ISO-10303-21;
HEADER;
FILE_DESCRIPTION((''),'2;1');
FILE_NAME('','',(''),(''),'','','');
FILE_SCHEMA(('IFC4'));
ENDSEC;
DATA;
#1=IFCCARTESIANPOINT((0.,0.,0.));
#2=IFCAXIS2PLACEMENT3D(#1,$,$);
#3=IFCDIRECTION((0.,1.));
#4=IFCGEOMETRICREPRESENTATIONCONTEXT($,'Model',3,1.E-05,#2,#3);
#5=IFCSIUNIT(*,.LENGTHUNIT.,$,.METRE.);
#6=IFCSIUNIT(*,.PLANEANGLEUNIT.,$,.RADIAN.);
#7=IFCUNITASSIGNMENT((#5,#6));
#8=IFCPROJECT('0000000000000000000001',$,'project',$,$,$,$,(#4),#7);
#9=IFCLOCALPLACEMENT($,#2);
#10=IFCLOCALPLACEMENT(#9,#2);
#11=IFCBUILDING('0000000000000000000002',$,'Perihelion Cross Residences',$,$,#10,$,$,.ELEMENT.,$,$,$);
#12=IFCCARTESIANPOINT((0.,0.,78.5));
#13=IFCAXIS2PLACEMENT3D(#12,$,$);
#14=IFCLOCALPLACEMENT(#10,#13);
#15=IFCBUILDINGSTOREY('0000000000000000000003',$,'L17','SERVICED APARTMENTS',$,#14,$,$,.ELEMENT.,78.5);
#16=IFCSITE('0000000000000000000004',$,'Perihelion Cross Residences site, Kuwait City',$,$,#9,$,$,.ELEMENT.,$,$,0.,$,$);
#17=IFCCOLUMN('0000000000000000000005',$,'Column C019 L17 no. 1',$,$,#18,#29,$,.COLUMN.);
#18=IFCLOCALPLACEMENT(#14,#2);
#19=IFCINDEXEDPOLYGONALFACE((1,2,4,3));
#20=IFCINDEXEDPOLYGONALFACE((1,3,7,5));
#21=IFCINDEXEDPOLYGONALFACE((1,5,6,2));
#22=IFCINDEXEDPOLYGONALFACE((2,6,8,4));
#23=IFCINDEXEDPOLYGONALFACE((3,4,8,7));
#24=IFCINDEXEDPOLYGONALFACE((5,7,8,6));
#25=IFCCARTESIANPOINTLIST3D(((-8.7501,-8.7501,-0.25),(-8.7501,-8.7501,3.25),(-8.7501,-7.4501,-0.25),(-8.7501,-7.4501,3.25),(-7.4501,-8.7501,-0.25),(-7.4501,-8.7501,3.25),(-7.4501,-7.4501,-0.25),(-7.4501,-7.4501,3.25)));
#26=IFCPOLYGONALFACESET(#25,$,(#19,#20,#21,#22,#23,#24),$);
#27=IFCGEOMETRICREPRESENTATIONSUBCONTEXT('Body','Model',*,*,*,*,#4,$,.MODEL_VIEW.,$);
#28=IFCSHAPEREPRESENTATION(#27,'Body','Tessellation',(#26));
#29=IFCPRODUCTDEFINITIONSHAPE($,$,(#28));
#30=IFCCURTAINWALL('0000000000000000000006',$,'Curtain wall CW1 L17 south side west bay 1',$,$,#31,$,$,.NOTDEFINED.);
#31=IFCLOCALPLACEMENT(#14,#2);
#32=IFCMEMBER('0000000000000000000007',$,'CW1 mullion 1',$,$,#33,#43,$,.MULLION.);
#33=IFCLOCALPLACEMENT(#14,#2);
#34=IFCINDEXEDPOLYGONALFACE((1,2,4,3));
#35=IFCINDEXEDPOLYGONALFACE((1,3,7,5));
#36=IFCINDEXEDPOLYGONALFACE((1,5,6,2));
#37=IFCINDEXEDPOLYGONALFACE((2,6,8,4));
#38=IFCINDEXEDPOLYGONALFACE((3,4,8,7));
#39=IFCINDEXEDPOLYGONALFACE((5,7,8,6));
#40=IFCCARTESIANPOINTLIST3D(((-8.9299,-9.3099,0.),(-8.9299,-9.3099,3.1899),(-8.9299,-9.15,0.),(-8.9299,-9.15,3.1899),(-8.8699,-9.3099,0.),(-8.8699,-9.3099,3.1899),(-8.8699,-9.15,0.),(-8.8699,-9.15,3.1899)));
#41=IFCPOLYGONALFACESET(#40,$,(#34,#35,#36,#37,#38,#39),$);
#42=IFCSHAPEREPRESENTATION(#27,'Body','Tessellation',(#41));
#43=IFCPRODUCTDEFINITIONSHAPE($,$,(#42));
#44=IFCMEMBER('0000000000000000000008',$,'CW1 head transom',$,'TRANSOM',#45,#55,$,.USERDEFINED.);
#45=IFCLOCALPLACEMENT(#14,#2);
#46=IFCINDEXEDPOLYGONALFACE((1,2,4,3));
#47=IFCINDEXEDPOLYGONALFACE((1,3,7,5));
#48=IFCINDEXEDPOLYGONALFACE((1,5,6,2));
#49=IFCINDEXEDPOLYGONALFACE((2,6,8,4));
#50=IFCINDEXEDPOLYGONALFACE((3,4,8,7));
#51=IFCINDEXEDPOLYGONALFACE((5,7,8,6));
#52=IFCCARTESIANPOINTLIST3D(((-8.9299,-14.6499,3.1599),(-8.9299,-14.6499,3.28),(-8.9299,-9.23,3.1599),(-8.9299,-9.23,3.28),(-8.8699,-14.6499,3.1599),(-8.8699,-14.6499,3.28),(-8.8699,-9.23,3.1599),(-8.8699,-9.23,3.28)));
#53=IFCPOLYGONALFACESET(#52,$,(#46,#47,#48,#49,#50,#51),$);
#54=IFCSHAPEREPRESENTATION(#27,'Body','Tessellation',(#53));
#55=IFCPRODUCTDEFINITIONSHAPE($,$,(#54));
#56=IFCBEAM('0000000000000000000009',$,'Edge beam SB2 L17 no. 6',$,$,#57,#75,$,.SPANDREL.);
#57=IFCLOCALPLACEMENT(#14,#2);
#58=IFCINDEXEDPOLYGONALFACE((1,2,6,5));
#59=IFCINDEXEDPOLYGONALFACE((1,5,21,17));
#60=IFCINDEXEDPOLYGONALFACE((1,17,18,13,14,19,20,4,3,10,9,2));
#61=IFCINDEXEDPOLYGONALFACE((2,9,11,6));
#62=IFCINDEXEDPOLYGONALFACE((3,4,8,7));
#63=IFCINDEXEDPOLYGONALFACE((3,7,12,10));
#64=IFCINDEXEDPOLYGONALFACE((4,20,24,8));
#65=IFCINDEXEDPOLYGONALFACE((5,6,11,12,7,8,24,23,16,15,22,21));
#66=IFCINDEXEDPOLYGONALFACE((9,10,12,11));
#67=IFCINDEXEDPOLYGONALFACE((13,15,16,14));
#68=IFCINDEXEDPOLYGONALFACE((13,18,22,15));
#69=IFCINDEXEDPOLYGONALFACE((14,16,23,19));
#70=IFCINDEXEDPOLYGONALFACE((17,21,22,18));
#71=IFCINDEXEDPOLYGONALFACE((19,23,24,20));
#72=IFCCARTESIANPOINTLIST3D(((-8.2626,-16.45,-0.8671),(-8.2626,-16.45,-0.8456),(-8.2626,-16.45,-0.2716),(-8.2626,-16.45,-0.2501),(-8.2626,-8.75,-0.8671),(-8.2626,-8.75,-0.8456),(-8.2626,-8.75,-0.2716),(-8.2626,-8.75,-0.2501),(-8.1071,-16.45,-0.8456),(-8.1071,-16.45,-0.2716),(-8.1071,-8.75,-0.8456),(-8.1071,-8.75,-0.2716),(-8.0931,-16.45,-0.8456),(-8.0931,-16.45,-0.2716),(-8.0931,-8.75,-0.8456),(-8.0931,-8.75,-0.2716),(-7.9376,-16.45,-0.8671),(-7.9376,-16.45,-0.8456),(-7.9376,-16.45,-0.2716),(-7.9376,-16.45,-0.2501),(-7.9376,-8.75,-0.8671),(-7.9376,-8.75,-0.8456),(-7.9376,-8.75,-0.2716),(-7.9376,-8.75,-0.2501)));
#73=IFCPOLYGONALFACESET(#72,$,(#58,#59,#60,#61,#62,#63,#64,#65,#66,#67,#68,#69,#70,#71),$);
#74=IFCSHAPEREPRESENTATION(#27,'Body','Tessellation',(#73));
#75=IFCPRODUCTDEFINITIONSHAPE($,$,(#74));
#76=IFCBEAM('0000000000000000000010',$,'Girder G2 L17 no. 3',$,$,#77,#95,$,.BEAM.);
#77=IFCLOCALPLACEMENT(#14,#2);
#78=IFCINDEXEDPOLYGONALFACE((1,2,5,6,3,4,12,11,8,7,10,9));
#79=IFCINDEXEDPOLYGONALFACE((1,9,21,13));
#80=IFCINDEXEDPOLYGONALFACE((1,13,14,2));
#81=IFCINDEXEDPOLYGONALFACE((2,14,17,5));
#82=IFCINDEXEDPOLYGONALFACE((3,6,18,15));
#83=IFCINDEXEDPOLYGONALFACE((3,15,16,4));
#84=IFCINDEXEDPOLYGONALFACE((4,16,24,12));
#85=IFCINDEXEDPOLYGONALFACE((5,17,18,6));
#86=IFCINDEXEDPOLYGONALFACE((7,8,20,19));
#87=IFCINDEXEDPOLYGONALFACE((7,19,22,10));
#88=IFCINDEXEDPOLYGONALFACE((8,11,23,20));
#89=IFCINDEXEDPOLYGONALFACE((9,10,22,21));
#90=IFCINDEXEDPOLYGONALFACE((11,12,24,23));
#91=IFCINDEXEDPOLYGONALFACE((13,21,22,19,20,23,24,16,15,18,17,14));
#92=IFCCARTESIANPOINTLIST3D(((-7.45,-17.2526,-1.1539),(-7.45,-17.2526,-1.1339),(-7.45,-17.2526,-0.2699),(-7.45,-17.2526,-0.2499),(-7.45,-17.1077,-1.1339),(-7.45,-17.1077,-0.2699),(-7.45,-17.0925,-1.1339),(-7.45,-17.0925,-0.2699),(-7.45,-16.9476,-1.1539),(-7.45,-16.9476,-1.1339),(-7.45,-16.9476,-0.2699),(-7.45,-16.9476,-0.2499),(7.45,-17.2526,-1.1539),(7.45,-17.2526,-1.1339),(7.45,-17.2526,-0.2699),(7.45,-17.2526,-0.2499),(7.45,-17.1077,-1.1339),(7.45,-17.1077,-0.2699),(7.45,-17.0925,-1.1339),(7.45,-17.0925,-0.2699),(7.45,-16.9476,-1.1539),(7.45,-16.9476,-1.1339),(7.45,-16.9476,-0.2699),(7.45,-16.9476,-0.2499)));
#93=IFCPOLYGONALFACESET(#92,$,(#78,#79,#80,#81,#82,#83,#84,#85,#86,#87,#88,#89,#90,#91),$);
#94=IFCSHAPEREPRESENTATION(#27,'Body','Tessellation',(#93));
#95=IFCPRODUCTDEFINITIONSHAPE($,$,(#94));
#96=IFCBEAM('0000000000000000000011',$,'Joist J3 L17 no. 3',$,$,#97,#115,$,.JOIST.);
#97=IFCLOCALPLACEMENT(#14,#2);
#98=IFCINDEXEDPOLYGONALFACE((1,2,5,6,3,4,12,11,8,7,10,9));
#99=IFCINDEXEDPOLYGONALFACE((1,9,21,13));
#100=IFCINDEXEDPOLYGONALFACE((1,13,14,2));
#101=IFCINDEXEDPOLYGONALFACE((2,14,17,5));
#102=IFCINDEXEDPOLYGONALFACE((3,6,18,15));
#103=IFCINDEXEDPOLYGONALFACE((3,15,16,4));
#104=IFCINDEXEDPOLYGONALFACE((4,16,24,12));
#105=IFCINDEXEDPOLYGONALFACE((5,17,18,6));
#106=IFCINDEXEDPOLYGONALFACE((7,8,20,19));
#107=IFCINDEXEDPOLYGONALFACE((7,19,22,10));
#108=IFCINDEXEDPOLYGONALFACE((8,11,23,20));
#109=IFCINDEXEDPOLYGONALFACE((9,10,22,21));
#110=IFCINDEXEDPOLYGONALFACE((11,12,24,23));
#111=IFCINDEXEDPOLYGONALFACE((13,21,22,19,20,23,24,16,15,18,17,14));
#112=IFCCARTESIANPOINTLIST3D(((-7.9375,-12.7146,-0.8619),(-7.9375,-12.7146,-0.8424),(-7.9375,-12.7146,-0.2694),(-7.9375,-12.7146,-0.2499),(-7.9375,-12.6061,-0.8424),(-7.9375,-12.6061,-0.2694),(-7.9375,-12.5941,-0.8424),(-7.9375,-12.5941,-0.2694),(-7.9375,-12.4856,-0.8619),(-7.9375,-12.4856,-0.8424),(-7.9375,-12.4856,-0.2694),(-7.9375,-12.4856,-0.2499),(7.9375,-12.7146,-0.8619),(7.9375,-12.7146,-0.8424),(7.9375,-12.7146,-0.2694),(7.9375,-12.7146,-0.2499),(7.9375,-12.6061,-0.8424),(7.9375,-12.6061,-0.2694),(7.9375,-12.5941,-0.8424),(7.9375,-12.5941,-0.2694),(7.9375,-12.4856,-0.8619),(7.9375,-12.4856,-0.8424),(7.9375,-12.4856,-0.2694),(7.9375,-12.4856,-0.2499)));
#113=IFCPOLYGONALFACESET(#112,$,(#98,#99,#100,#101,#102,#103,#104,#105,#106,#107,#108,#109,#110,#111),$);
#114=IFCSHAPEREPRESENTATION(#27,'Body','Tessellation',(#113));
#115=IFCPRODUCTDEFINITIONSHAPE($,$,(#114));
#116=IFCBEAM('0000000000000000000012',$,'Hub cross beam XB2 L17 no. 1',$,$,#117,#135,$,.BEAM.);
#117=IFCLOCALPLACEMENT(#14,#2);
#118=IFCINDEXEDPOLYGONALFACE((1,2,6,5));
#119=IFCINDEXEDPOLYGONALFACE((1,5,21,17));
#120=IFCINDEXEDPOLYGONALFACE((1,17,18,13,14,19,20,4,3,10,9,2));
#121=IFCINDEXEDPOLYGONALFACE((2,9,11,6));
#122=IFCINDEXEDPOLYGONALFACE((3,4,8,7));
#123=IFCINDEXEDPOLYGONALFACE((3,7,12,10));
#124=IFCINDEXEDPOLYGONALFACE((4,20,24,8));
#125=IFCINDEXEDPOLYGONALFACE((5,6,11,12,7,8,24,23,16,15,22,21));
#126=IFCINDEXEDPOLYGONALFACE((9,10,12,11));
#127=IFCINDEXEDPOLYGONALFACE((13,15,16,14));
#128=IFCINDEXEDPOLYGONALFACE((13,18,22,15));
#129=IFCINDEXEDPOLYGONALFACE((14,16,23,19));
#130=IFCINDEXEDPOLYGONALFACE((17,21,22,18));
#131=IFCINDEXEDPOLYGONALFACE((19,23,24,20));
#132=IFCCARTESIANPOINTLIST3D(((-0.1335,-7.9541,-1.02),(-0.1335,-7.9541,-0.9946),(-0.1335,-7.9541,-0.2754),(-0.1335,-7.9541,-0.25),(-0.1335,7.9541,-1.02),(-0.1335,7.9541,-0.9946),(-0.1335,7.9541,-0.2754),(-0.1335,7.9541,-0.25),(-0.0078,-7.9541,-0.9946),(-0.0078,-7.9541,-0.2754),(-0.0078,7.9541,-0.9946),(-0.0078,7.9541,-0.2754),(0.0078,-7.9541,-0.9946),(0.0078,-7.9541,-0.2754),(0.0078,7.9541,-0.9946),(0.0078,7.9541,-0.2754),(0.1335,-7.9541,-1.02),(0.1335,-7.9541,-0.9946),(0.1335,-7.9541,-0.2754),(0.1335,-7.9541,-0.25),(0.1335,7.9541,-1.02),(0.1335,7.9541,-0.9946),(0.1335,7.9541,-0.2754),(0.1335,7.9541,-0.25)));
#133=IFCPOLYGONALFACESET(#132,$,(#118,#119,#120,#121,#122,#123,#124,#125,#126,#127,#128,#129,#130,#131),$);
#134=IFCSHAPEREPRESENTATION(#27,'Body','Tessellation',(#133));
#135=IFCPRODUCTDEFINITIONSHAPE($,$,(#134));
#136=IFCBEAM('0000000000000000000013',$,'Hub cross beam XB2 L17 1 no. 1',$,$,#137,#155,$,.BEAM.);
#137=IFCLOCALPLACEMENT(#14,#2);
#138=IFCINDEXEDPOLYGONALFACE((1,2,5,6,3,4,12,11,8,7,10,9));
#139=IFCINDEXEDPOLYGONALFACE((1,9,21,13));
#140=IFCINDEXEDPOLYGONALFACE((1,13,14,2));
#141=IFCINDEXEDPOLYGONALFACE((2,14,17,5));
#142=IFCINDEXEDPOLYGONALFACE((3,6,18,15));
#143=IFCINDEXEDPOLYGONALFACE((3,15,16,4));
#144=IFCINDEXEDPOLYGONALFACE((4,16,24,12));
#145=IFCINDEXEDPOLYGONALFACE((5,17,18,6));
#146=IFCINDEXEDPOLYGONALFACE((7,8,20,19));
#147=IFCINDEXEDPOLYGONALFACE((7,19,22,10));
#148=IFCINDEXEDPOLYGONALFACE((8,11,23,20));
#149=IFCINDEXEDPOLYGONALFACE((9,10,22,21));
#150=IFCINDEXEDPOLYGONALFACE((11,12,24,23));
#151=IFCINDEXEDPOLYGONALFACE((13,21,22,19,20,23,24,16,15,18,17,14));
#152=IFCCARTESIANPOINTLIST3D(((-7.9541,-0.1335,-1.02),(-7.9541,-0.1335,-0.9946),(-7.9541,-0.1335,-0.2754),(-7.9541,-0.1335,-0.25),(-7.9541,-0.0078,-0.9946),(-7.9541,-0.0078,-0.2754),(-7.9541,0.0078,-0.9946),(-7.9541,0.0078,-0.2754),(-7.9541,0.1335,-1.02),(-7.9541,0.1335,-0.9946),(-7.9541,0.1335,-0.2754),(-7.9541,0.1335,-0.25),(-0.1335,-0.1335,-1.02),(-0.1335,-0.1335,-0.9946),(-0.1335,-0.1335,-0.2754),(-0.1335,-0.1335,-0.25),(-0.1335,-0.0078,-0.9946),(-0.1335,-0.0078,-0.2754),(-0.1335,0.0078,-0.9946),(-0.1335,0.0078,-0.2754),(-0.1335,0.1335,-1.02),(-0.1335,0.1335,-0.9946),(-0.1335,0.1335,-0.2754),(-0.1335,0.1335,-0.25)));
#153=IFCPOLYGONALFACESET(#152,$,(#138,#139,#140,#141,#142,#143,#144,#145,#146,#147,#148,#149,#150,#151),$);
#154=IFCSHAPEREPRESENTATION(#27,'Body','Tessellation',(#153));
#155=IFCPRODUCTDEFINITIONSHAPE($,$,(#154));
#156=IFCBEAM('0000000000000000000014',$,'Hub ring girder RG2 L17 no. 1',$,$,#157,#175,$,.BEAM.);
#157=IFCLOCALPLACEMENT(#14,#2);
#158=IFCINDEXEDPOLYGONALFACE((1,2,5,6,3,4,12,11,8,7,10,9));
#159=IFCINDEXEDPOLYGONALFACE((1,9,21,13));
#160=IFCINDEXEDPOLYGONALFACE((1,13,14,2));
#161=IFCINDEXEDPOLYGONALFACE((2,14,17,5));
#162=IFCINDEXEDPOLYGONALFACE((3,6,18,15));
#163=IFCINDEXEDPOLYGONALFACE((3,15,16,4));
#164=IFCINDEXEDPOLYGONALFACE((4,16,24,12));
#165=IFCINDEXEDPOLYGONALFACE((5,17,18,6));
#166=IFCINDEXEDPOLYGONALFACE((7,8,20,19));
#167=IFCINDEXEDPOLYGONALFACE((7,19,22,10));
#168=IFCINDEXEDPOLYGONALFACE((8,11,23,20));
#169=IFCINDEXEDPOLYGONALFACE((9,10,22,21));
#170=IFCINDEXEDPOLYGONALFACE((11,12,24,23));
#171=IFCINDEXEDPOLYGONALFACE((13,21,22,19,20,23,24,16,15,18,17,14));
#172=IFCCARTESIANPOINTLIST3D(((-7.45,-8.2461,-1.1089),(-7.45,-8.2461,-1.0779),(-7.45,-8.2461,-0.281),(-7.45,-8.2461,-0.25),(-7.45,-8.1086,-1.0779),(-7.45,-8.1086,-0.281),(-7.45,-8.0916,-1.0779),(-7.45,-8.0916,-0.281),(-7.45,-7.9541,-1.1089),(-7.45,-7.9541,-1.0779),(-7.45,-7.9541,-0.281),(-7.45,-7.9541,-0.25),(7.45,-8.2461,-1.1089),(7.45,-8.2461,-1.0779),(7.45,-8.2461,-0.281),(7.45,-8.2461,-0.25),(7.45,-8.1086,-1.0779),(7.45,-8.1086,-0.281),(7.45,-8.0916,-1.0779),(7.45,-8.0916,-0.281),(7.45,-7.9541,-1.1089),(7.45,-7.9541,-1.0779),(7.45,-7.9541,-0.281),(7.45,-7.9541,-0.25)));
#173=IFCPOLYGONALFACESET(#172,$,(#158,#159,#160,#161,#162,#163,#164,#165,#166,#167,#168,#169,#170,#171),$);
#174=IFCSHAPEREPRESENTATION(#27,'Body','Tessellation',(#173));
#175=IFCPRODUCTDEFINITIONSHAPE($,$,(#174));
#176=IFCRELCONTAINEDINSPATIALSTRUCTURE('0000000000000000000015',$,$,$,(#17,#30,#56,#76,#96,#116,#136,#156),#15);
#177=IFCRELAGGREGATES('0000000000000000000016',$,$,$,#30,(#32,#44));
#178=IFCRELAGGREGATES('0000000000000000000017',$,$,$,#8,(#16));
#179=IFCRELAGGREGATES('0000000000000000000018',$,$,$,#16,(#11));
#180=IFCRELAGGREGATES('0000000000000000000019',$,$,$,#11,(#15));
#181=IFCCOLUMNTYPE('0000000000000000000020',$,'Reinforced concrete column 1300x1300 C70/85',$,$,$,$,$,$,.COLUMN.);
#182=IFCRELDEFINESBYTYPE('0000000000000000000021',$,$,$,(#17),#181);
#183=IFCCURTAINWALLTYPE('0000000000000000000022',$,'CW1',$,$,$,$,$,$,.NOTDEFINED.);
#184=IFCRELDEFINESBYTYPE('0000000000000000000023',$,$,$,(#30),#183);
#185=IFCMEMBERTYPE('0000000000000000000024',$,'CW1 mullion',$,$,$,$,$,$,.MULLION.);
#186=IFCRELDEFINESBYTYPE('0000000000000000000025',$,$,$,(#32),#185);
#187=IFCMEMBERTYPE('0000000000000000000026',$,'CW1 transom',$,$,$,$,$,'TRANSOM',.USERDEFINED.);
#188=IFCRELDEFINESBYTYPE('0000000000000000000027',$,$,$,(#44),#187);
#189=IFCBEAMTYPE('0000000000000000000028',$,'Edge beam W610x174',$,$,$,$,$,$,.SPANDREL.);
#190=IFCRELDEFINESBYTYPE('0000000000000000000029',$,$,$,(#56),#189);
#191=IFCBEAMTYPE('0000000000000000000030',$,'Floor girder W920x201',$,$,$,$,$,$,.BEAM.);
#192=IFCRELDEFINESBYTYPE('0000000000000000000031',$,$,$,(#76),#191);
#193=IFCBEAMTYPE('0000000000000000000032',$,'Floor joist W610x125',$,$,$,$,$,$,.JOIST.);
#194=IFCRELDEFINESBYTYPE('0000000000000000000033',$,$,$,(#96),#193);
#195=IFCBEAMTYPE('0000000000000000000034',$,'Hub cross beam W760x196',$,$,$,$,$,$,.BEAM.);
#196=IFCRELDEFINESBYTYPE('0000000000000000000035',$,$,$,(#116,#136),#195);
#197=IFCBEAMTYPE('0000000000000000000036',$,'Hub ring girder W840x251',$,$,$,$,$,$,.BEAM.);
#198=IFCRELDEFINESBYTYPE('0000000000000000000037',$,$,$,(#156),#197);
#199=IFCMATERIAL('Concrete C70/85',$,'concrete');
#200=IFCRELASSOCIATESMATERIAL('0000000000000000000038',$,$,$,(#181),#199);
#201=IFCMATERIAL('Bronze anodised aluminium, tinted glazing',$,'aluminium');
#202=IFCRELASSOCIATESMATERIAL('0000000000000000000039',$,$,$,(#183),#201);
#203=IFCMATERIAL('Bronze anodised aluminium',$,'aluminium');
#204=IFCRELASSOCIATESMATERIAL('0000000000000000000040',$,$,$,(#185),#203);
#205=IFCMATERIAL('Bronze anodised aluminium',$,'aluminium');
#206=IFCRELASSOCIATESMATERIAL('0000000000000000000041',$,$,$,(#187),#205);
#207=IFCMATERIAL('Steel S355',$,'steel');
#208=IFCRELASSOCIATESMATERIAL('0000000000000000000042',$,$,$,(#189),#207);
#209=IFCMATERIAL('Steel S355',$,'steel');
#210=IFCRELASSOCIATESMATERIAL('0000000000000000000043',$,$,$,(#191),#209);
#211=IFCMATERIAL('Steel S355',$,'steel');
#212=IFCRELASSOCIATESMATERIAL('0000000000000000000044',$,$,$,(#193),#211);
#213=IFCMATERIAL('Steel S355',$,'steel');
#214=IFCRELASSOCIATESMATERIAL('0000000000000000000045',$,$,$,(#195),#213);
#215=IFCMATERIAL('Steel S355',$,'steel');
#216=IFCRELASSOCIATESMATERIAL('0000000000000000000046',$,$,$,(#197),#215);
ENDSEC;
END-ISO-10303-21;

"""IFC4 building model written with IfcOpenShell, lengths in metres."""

from ifc_helpers import new_model, si_unit, direction, frame, origin, origin_2d, place, context, subcontext, project, spatial, rectangle, i_section, extrude, material, material_profile, profile_set, type_object, element, aggregate, save


model = new_model("IFC4")

# Units and contexts
model_context = context("Model", 3, precision=1e-05, world=origin(), true_north=direction((0.0, 1.0)))
body_context = subcontext(model_context, "Body", "Model", "MODEL_VIEW")
ifc_project = project(units=[si_unit("LENGTHUNIT", "METRE"), si_unit("PLANEANGLEUNIT", "RADIAN")], contexts=[model_context])

# Site, building, storey
site_placement = place(None, origin())
site = spatial("IfcSite", under=ifc_project, at=site_placement, Name="Perihelion Cross Residences site, Kuwait City", CompositionType="ELEMENT", RefElevation=0.0)
building_placement = place(site_placement, origin())
building = spatial("IfcBuilding", under=site, at=building_placement, Name="Perihelion Cross Residences", CompositionType="ELEMENT")
storey_placement = place(building_placement, frame((0.0, 0.0, 78.5)))
storey = spatial("IfcBuildingStorey", under=building, at=storey_placement, Name="L17", Description="SERVICED APARTMENTS", CompositionType="ELEMENT", Elevation=78.5)

# Column
ifc_material_1 = material(Name="Concrete C70/85", Category="concrete")
ifc_material_profile_1 = material_profile(ifc_material_1, rectangle(XDim=1.3, YDim=1.3, at=origin_2d()), Name="RC 1300x1300")
ifc_profile_set_1 = profile_set([ifc_material_profile_1], Name="Concrete C70/85")
column_type = type_object("IfcColumnType", Name="Reinforced concrete column 1300x1300 C70/85", PredefinedType="COLUMN", material=ifc_profile_set_1)
column_placement = place(storey_placement, frame((-8.1001, -8.1001, -0.25), z_axis=(0.0, 0.0, 1.0), x_axis=(1.0, 0.0, 0.0)))
element("IfcColumn", 1, at=column_placement, inside=storey, type_object=column_type, Name="Column C019 L17 no. 1", PredefinedType="COLUMN", context=body_context, shape_type="SweptSolid", body=[
    extrude(rectangle(XDim=1.3, YDim=1.3, at=origin_2d()), origin(), (0.0, 0.0, 1.0), 3.5),
])

# Curtain wall, members
ifc_material_2 = material(Name="Bronze anodised aluminium, tinted glazing", Category="aluminium")
curtain_wall_type = type_object("IfcCurtainWallType", Name="CW1", PredefinedType="NOTDEFINED", material=ifc_material_2)
curtain_wall_placement = place(storey_placement, origin())
curtain_wall = element("IfcCurtainWall", 2, at=curtain_wall_placement, inside=storey, type_object=curtain_wall_type, Name="Curtain wall CW1 L17 south side west bay 1", PredefinedType="NOTDEFINED")
ifc_material_3 = material(Name="Bronze anodised aluminium", Category="aluminium")
ifc_material_profile_2 = material_profile(ifc_material_3, rectangle(XDim=0.0601, YDim=0.1599, at=origin_2d()), Name="CW1 mullion")
ifc_profile_set_2 = profile_set([ifc_material_profile_2], Name="Bronze anodised aluminium")
member_type_1 = type_object("IfcMemberType", Name="CW1 mullion", PredefinedType="MULLION", material=ifc_profile_set_2)
member_1_placement = place(storey_placement, frame((-8.8999, -9.23, 0.0), z_axis=(0.0, 0.0, 1.0), x_axis=(1.0, 0.0, 0.0)))
member_1 = element("IfcMember", 3, at=member_1_placement, type_object=member_type_1, Name="CW1 mullion 1", PredefinedType="MULLION", context=body_context, shape_type="SweptSolid", body=[
    extrude(rectangle(XDim=0.0601, YDim=0.1599, at=origin_2d()), origin(), (0.0, 0.0, 1.0), 3.1899),
])
ifc_material_4 = material(Name="Bronze anodised aluminium", Category="aluminium")
ifc_material_profile_3 = material_profile(ifc_material_4, rectangle(XDim=0.0601, YDim=0.1201, at=origin_2d()), Name="CW1 transom")
ifc_profile_set_3 = profile_set([ifc_material_profile_3], Name="Bronze anodised aluminium")
member_type_2 = type_object("IfcMemberType", Name="CW1 transom", ElementType="TRANSOM", PredefinedType="USERDEFINED", material=ifc_profile_set_3)
member_2_placement = place(storey_placement, frame((-8.8999, -9.23, 3.22), z_axis=(0.0, -1.0, 0.0), x_axis=(1.0, 0.0, 0.0)))
member_2 = element("IfcMember", 4, at=member_2_placement, type_object=member_type_2, Name="CW1 head transom", ObjectType="TRANSOM", PredefinedType="USERDEFINED", context=body_context, shape_type="SweptSolid", body=[
    extrude(rectangle(XDim=0.0601, YDim=0.1201, at=origin_2d()), origin(), (0.0, 0.0, 1.0), 5.4199),
])

# Beams
ifc_material_5 = material(Name="Steel S355", Category="steel")
ifc_material_profile_4 = material_profile(ifc_material_5, i_section(OverallWidth=0.325, OverallDepth=0.6169, WebThickness=0.0139, FlangeThickness=0.0215, at=origin_2d()), Name="W610x174")
ifc_profile_set_4 = profile_set([ifc_material_profile_4], Name="Steel S355")
beam_type_1 = type_object("IfcBeamType", Name="Edge beam W610x174", PredefinedType="SPANDREL", material=ifc_profile_set_4)
beam_1_placement = place(storey_placement, frame((-8.1001, -8.75, -0.5586), z_axis=(0.0, -1.0, 0.0), x_axis=(1.0, 0.0, 0.0)))
element("IfcBeam", 5, at=beam_1_placement, inside=storey, type_object=beam_type_1, Name="Edge beam SB2 L17 no. 6", PredefinedType="SPANDREL", context=body_context, shape_type="SweptSolid", body=[
    extrude(i_section(OverallWidth=0.325, OverallDepth=0.6169, WebThickness=0.0139, FlangeThickness=0.0215, at=origin_2d()), origin(), (0.0, 0.0, 1.0), 7.7),
])
ifc_material_6 = material(Name="Steel S355", Category="steel")
ifc_material_profile_5 = material_profile(ifc_material_6, i_section(OverallWidth=0.3049, OverallDepth=0.9041, WebThickness=0.0151, FlangeThickness=0.02, at=origin_2d()), Name="W920x201")
ifc_profile_set_5 = profile_set([ifc_material_profile_5], Name="Steel S355")
beam_type_2 = type_object("IfcBeamType", Name="Floor girder W920x201", PredefinedType="BEAM", material=ifc_profile_set_5)
beam_2_placement = place(storey_placement, frame((-7.45, -17.1001, -0.7019), z_axis=(1.0, 0.0, 0.0), x_axis=(0.0, 1.0, 0.0)))
element("IfcBeam", 6, at=beam_2_placement, inside=storey, type_object=beam_type_2, Name="Girder G2 L17 no. 3", PredefinedType="BEAM", context=body_context, shape_type="SweptSolid", body=[
    extrude(i_section(OverallWidth=0.3049, OverallDepth=0.9041, WebThickness=0.0151, FlangeThickness=0.02, at=origin_2d()), origin(), (0.0, 0.0, 1.0), 14.8999),
])
ifc_material_7 = material(Name="Steel S355", Category="steel")
ifc_material_profile_6 = material_profile(ifc_material_7, i_section(OverallWidth=0.229, OverallDepth=0.6121, WebThickness=0.012, FlangeThickness=0.0195, at=origin_2d()), Name="W610x125")
ifc_profile_set_6 = profile_set([ifc_material_profile_6], Name="Steel S355")
beam_type_3 = type_object("IfcBeamType", Name="Floor joist W610x125", PredefinedType="JOIST", material=ifc_profile_set_6)
beam_3_placement = place(storey_placement, frame((-7.9375, -12.6001, -0.5559), z_axis=(1.0, 0.0, 0.0), x_axis=(0.0, 1.0, 0.0)))
element("IfcBeam", 7, at=beam_3_placement, inside=storey, type_object=beam_type_3, Name="Joist J3 L17 no. 3", PredefinedType="JOIST", context=body_context, shape_type="SweptSolid", body=[
    extrude(i_section(OverallWidth=0.229, OverallDepth=0.6121, WebThickness=0.012, FlangeThickness=0.0195, at=origin_2d()), origin(), (0.0, 0.0, 1.0), 15.875),
])
ifc_material_8 = material(Name="Steel S355", Category="steel")
ifc_material_profile_7 = material_profile(ifc_material_8, i_section(OverallWidth=0.2671, OverallDepth=0.77, WebThickness=0.0156, FlangeThickness=0.0254, at=origin_2d()), Name="W760x196")
ifc_profile_set_7 = profile_set([ifc_material_profile_7], Name="Steel S355")
beam_type_4 = type_object("IfcBeamType", Name="Hub cross beam W760x196", PredefinedType="BEAM", material=ifc_profile_set_7)
beam_4_placement = place(storey_placement, frame((0.0, -7.9541, -0.635), z_axis=(0.0, 1.0, 0.0), x_axis=(-1.0, 0.0, 0.0)))
element("IfcBeam", 8, at=beam_4_placement, inside=storey, type_object=beam_type_4, Name="Hub cross beam XB2 L17 no. 1", PredefinedType="BEAM", context=body_context, shape_type="SweptSolid", body=[
    extrude(i_section(OverallWidth=0.2671, OverallDepth=0.77, WebThickness=0.0156, FlangeThickness=0.0254, at=origin_2d()), origin(), (0.0, 0.0, 1.0), 15.9082),
])
beam_5_placement = place(storey_placement, frame((-7.9541, 0.0, -0.635), z_axis=(1.0, 0.0, 0.0), x_axis=(0.0, 1.0, 0.0)))
element("IfcBeam", 9, at=beam_5_placement, inside=storey, type_object=beam_type_4, Name="Hub cross beam XB2 L17 1 no. 1", PredefinedType="BEAM", context=body_context, shape_type="SweptSolid", body=[
    extrude(i_section(OverallWidth=0.2671, OverallDepth=0.77, WebThickness=0.0156, FlangeThickness=0.0254, at=origin_2d()), origin(), (0.0, 0.0, 1.0), 7.8206),
])
ifc_material_9 = material(Name="Steel S355", Category="steel")
ifc_material_profile_8 = material_profile(ifc_material_9, i_section(OverallWidth=0.292, OverallDepth=0.8589, WebThickness=0.0171, FlangeThickness=0.031, at=origin_2d()), Name="W840x251")
ifc_profile_set_8 = profile_set([ifc_material_profile_8], Name="Steel S355")
beam_type_5 = type_object("IfcBeamType", Name="Hub ring girder W840x251", PredefinedType="BEAM", material=ifc_profile_set_8)
beam_6_placement = place(storey_placement, frame((-7.45, -8.1001, -0.6794), z_axis=(1.0, 0.0, 0.0), x_axis=(0.0, 1.0, 0.0)))
element("IfcBeam", 10, at=beam_6_placement, inside=storey, type_object=beam_type_5, Name="Hub ring girder RG2 L17 no. 1", PredefinedType="BEAM", context=body_context, shape_type="SweptSolid", body=[
    extrude(i_section(OverallWidth=0.292, OverallDepth=0.8589, WebThickness=0.0171, FlangeThickness=0.031, at=origin_2d()), origin(), (0.0, 0.0, 1.0), 14.8999),
])

aggregate(curtain_wall, [member_1, member_2])

save(model, "model.ifc")
